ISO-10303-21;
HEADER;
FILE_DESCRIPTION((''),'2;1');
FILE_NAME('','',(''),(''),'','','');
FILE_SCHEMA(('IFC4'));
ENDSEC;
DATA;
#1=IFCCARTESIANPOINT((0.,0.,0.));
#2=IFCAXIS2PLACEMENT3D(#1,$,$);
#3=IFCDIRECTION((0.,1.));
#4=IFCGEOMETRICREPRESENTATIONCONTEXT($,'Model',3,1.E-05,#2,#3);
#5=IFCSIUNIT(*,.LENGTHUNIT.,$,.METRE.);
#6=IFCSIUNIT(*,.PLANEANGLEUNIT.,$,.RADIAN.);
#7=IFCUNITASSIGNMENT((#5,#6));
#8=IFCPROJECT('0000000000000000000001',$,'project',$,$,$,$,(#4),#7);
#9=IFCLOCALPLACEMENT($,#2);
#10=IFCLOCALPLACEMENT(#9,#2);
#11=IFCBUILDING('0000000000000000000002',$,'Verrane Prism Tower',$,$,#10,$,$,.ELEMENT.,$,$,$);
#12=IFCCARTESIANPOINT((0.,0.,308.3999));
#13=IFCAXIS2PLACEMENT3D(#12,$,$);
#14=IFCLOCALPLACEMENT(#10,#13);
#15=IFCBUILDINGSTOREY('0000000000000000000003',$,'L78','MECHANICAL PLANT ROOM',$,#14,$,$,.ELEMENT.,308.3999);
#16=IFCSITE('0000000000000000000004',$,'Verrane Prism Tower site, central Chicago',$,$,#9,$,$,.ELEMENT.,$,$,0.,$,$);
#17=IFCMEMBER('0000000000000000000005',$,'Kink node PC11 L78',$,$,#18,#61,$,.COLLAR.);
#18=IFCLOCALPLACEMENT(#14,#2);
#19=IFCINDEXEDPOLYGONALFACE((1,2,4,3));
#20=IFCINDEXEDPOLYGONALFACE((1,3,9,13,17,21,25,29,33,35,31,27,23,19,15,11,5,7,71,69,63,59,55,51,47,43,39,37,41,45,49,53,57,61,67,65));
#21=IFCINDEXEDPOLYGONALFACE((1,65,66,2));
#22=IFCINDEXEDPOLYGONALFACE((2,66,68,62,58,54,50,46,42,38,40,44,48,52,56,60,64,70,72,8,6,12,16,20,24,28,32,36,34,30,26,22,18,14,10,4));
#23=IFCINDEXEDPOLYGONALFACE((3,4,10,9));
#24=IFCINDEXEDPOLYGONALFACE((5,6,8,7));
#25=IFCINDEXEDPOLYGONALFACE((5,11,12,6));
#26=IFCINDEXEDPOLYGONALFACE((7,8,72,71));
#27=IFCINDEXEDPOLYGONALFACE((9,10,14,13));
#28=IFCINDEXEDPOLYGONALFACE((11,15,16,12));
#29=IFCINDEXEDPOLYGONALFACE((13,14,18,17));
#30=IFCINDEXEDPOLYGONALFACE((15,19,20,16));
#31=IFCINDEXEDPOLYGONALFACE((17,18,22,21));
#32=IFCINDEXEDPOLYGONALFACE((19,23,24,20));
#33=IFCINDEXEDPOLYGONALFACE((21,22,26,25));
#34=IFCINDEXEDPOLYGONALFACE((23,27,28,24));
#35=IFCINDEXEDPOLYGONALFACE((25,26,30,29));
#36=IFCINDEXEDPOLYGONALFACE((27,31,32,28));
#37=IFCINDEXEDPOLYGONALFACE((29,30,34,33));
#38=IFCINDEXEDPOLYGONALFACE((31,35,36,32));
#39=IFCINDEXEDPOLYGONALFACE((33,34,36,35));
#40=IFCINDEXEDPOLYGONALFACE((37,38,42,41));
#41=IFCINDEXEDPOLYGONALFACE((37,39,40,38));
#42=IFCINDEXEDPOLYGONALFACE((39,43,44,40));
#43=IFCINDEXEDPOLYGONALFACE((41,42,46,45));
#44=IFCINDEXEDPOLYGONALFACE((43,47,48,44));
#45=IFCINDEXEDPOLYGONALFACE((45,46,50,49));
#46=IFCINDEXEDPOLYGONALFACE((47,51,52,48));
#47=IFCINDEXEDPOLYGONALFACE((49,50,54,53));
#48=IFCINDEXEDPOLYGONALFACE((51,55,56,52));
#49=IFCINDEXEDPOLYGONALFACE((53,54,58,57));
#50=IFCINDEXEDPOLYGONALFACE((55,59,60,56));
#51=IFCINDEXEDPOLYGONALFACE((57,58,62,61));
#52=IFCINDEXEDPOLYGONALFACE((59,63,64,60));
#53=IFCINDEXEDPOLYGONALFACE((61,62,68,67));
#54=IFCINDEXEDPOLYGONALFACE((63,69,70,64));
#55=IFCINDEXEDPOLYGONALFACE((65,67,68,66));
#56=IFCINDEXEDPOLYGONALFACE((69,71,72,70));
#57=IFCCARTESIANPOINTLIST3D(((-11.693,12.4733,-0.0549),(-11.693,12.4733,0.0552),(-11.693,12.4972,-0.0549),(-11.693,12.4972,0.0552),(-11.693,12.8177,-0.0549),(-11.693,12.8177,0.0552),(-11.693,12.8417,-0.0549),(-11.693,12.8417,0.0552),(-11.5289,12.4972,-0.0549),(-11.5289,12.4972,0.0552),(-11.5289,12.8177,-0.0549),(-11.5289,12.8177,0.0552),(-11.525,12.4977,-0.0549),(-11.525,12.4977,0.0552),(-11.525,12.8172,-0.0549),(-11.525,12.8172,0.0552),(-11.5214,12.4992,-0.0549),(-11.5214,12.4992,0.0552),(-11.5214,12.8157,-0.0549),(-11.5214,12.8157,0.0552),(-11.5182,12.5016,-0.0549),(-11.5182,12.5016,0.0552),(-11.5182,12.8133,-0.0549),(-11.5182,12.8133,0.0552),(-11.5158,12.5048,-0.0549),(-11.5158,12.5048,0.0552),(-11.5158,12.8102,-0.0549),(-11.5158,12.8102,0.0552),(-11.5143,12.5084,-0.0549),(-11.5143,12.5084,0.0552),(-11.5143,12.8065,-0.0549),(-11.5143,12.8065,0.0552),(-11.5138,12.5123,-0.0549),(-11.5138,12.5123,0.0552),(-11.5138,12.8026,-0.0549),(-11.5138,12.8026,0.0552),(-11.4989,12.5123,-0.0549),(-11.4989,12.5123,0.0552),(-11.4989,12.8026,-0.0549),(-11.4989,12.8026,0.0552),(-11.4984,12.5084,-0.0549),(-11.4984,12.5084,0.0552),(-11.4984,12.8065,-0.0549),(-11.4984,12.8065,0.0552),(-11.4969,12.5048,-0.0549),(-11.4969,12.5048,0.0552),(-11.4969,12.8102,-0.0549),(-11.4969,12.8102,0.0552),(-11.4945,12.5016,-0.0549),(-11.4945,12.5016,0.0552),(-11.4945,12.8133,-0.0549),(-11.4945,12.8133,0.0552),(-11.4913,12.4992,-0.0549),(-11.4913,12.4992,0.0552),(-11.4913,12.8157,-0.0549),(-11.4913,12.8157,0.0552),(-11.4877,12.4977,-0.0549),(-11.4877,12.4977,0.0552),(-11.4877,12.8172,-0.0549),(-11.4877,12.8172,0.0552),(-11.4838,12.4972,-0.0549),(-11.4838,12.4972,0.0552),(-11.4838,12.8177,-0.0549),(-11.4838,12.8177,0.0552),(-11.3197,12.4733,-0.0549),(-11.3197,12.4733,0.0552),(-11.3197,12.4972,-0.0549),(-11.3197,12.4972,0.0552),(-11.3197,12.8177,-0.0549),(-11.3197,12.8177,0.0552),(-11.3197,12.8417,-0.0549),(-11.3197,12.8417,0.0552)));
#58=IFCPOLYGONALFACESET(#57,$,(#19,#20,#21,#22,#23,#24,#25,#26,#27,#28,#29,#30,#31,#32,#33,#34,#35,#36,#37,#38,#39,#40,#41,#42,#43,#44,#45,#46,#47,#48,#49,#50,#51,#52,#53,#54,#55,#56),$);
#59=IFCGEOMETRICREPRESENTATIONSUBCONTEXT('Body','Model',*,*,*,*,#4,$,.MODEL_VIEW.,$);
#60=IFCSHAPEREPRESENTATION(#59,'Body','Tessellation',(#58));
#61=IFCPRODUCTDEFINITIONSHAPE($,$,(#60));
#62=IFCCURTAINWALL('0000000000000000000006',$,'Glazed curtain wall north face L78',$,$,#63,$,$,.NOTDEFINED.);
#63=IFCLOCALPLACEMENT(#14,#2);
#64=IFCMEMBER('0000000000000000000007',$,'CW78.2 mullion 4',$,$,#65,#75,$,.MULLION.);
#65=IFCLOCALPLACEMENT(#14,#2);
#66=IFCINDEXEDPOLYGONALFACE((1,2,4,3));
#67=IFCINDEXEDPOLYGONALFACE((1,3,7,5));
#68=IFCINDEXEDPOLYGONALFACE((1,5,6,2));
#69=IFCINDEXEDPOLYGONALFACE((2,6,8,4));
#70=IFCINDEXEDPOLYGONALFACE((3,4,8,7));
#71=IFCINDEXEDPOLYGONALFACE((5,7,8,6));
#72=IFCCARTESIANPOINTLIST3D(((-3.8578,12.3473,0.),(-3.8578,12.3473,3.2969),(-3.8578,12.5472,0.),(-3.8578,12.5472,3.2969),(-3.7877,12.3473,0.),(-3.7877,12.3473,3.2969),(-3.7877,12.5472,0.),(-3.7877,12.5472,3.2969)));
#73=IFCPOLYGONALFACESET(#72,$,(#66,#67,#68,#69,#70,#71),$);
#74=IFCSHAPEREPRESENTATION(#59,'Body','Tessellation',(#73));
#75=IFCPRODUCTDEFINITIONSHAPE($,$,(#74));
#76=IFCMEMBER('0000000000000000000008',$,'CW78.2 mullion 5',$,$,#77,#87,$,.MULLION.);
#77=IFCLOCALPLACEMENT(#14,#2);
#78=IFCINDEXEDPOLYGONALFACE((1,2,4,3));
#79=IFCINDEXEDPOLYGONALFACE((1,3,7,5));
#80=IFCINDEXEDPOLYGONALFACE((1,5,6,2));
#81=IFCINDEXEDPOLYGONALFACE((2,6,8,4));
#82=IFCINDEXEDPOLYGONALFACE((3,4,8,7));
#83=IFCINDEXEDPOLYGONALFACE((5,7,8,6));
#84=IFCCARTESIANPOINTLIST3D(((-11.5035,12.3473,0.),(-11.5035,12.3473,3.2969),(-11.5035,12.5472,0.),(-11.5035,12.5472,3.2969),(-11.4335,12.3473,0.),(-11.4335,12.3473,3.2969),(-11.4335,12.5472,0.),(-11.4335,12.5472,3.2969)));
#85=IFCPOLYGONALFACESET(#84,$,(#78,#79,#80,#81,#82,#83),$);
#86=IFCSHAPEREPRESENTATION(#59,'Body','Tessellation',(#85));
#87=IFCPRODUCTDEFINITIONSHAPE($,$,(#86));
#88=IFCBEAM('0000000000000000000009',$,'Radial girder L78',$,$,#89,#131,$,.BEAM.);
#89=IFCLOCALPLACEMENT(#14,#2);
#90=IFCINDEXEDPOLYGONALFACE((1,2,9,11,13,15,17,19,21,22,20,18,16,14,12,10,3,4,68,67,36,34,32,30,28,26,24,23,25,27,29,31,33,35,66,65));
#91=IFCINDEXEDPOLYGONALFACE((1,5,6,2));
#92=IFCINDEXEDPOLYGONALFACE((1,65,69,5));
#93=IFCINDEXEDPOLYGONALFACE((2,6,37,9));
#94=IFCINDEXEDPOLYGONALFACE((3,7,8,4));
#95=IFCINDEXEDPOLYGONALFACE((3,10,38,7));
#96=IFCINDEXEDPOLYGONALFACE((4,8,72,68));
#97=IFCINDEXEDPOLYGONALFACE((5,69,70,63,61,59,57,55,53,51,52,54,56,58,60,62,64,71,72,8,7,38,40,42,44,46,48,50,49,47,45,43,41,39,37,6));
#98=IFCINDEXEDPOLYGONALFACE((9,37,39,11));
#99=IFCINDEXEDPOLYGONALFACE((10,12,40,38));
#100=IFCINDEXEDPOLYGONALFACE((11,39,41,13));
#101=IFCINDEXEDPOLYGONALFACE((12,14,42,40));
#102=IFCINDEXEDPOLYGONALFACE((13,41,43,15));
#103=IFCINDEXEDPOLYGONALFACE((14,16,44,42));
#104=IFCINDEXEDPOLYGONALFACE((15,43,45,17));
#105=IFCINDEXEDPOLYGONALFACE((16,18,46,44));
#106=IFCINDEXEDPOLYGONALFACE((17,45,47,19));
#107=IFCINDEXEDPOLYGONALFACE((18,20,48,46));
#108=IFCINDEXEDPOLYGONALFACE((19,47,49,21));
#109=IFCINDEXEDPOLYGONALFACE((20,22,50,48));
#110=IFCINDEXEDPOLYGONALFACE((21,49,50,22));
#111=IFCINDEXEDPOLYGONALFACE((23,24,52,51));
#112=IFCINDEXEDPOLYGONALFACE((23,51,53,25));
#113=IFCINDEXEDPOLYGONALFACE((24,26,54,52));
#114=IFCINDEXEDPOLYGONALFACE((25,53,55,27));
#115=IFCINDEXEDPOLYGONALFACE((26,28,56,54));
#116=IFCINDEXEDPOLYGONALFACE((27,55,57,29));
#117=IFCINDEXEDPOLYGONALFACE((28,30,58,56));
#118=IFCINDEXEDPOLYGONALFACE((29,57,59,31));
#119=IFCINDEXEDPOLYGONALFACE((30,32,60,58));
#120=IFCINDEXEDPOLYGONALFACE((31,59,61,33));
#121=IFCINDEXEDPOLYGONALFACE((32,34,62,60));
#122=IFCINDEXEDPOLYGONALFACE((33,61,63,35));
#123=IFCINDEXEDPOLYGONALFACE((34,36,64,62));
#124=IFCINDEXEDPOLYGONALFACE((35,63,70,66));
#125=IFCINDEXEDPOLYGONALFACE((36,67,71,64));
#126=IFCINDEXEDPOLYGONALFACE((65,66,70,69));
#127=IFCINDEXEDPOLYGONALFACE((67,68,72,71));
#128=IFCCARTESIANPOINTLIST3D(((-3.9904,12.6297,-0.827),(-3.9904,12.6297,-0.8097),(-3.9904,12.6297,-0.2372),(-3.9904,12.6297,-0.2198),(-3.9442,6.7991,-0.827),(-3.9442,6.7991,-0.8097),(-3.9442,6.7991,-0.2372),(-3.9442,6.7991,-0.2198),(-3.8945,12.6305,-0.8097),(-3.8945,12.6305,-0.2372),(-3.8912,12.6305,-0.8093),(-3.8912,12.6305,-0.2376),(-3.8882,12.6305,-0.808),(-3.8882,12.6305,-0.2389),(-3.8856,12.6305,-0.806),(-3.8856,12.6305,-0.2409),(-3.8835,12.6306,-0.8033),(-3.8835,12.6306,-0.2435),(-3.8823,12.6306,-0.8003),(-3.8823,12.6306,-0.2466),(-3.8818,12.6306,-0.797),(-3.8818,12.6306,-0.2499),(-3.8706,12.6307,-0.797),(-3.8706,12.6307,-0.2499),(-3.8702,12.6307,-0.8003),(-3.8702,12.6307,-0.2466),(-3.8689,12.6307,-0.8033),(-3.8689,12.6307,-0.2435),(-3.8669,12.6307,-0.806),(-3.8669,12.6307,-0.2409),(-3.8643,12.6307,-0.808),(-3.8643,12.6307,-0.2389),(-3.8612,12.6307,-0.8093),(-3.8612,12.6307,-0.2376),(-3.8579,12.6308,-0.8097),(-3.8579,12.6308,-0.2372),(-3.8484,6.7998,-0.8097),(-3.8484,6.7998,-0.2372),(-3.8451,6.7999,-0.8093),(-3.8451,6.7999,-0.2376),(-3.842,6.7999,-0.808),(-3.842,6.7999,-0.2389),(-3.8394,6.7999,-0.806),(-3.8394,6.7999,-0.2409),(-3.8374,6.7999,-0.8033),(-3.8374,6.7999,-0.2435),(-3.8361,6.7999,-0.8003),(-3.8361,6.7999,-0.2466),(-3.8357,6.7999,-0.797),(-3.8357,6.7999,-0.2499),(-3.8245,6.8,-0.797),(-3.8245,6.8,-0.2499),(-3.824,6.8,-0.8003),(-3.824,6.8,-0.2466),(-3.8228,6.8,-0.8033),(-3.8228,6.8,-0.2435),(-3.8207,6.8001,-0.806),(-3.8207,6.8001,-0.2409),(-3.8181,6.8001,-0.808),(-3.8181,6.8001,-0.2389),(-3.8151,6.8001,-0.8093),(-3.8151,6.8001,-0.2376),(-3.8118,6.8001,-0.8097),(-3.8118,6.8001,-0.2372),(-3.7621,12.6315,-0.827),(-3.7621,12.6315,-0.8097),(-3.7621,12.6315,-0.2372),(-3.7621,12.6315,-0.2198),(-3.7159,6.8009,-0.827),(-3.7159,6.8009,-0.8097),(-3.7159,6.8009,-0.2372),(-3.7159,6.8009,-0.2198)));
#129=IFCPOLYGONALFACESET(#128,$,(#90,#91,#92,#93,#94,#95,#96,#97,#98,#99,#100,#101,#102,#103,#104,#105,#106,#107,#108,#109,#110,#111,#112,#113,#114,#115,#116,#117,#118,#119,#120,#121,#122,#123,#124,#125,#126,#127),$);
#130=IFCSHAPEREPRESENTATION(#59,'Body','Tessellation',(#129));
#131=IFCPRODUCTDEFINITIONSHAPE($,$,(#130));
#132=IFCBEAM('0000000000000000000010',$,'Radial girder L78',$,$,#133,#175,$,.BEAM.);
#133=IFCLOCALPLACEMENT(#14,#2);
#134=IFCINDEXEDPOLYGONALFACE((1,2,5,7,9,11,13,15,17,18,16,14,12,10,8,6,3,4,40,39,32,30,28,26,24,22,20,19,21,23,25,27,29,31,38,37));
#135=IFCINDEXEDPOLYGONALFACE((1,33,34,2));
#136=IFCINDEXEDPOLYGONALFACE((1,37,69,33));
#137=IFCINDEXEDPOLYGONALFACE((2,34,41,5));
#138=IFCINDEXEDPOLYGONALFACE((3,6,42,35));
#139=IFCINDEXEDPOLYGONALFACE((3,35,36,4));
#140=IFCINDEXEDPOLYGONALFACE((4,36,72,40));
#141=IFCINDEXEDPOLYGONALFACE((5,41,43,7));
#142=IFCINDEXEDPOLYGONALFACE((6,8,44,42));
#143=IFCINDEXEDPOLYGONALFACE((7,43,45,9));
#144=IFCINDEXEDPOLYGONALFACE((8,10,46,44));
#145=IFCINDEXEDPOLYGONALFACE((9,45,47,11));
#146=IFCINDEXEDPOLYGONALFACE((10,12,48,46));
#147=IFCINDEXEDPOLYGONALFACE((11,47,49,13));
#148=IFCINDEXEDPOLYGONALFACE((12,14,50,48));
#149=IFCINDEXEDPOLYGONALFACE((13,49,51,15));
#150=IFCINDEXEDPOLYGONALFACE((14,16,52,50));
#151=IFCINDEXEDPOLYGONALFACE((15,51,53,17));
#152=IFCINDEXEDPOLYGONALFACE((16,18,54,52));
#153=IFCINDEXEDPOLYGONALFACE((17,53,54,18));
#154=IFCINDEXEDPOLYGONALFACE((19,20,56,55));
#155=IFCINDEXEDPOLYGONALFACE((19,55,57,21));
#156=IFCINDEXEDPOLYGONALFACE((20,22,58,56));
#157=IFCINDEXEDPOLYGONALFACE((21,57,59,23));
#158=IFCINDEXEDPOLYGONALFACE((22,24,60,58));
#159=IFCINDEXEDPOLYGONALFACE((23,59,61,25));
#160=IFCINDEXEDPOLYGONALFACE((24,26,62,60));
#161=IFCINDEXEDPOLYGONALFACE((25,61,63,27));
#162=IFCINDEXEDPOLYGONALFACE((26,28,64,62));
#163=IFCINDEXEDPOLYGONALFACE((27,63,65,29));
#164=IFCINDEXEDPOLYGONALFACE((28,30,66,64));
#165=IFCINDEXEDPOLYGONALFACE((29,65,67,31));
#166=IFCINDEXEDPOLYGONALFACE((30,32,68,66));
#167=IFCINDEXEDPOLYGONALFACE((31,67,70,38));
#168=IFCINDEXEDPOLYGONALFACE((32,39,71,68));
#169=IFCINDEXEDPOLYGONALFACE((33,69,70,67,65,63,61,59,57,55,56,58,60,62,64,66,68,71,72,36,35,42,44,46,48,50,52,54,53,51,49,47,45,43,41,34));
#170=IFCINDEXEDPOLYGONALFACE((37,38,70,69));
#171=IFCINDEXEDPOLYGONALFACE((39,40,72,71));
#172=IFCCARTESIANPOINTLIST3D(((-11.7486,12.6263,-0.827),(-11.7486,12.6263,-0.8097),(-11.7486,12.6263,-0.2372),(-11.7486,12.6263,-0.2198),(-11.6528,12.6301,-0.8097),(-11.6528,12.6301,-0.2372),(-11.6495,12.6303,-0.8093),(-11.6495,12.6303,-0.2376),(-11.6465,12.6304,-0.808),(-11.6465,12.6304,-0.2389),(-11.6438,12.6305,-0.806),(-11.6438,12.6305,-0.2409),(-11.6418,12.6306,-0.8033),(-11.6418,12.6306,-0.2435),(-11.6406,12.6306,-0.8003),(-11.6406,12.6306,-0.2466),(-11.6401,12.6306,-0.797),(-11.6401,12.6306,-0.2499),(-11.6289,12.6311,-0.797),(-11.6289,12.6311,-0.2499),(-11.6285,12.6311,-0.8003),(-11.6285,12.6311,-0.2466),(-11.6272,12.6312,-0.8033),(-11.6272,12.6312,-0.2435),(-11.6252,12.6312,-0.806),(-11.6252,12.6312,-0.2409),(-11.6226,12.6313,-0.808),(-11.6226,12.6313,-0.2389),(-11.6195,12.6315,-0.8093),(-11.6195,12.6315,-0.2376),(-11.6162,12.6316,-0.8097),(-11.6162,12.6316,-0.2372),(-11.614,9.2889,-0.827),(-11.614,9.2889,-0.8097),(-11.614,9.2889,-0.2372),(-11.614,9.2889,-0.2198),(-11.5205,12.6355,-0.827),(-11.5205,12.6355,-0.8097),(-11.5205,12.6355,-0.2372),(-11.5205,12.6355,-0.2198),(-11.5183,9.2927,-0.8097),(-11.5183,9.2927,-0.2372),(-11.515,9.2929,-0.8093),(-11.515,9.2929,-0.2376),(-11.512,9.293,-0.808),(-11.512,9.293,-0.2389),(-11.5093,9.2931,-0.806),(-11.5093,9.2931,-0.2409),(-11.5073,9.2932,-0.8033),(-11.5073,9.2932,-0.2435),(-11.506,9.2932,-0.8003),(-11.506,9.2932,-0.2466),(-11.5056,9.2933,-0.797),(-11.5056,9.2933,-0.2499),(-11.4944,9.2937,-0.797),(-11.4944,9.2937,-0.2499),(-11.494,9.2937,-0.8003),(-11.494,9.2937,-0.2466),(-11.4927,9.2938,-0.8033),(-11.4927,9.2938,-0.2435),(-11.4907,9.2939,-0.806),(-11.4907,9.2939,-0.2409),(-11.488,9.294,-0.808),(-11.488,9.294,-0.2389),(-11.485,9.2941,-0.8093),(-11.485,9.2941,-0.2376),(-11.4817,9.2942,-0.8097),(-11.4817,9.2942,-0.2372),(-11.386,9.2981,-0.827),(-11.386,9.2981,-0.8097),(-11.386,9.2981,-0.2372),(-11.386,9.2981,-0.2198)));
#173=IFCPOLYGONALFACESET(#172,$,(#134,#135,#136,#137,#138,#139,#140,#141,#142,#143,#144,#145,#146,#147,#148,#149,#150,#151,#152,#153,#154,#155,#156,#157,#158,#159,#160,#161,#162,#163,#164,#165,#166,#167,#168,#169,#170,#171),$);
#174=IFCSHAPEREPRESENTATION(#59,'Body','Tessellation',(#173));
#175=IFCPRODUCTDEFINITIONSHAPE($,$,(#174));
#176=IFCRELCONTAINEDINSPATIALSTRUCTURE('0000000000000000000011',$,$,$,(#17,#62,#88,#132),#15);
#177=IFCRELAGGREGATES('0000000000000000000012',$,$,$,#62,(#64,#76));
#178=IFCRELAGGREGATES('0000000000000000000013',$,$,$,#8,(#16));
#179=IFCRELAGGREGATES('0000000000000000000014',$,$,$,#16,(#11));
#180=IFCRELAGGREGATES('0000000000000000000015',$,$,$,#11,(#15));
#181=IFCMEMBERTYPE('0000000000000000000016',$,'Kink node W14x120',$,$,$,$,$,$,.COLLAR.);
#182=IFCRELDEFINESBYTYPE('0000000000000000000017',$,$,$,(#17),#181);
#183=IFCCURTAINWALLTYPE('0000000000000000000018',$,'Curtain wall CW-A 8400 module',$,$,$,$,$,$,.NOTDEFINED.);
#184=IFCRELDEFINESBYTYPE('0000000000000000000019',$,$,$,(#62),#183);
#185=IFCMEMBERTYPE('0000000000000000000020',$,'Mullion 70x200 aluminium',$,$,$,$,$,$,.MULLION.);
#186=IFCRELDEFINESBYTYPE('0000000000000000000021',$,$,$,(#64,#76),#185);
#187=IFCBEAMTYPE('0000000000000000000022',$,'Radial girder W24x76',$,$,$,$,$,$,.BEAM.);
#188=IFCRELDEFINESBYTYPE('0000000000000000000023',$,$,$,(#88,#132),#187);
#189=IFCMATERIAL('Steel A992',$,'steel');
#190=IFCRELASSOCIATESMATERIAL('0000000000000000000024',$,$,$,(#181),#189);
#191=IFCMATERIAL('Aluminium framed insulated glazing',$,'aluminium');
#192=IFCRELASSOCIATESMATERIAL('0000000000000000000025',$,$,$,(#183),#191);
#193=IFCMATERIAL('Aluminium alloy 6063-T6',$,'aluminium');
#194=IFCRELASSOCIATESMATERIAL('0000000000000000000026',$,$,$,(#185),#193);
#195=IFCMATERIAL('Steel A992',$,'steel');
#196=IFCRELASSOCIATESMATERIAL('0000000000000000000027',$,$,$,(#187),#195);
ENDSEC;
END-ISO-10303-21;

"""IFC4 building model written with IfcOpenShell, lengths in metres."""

from ifc_helpers import new_model, si_unit, direction, frame, origin, origin_2d, place, context, subcontext, project, spatial, rectangle, i_section, extrude, material, material_profile, profile_set, type_object, element, aggregate, save


model = new_model("IFC4")

# Units and contexts
model_context = context("Model", 3, precision=1e-05, world=origin(), true_north=direction((0.0, 1.0)))
body_context = subcontext(model_context, "Body", "Model", "MODEL_VIEW")
ifc_project = project(units=[si_unit("LENGTHUNIT", "METRE"), si_unit("PLANEANGLEUNIT", "RADIAN")], contexts=[model_context])

# Site, building, storey
site_placement = place(None, origin())
site = spatial("IfcSite", under=ifc_project, at=site_placement, Name="Verrane Prism Tower site, central Chicago", CompositionType="ELEMENT", RefElevation=0.0)
building_placement = place(site_placement, origin())
building = spatial("IfcBuilding", under=site, at=building_placement, Name="Verrane Prism Tower", CompositionType="ELEMENT")
storey_placement = place(building_placement, frame((0.0, 0.0, 308.3999)))
storey = spatial("IfcBuildingStorey", under=building, at=storey_placement, Name="L78", Description="MECHANICAL PLANT ROOM", CompositionType="ELEMENT", Elevation=308.3999)

# Member
ifc_material_1 = material(Name="Steel A992", Category="steel")
ifc_material_profile_1 = material_profile(ifc_material_1, i_section(OverallWidth=0.3733, OverallDepth=0.3684, WebThickness=0.0149, FlangeThickness=0.0239, FilletRadius=0.0151, at=origin_2d()), Name="W14x120")
ifc_profile_set_1 = profile_set([ifc_material_profile_1], Name="Steel A992")
member_type_1 = type_object("IfcMemberType", Name="Kink node W14x120", PredefinedType="COLLAR", material=ifc_profile_set_1)
member_1_placement = place(storey_placement, frame((-11.5063, 12.6575, -0.0549), z_axis=(0.0, 0.0, 1.0), x_axis=(1.0, 0.0, 0.0)))
element("IfcMember", 1, at=member_1_placement, inside=storey, type_object=member_type_1, Name="Kink node PC11 L78", PredefinedType="COLLAR", context=body_context, shape_type="SweptSolid", body=[
    extrude(i_section(OverallWidth=0.3733, OverallDepth=0.3684, WebThickness=0.0149, FlangeThickness=0.0239, FilletRadius=0.0151, at=origin_2d()), origin(), (0.0, 0.0, 1.0), 0.1101),
])

# Curtain wall, members
ifc_material_2 = material(Name="Aluminium framed insulated glazing", Category="aluminium")
curtain_wall_type = type_object("IfcCurtainWallType", Name="Curtain wall CW-A 8400 module", PredefinedType="NOTDEFINED", material=ifc_material_2)
curtain_wall_placement = place(storey_placement, origin())
curtain_wall = element("IfcCurtainWall", 2, at=curtain_wall_placement, inside=storey, type_object=curtain_wall_type, Name="Glazed curtain wall north face L78", PredefinedType="NOTDEFINED")
ifc_material_3 = material(Name="Aluminium alloy 6063-T6", Category="aluminium")
ifc_material_profile_2 = material_profile(ifc_material_3, rectangle(XDim=0.2, YDim=0.0701, at=origin_2d()), Name="Mullion 70x200 aluminium")
ifc_profile_set_2 = profile_set([ifc_material_profile_2], Name="Aluminium alloy 6063-T6")
member_type_2 = type_object("IfcMemberType", Name="Mullion 70x200 aluminium", PredefinedType="MULLION", material=ifc_profile_set_2)
member_2_placement = place(storey_placement, frame((-3.8228, 12.4473, 0.0), z_axis=(0.0, 0.0, 1.0), x_axis=(0.0, -1.0, 0.0)))
member_2 = element("IfcMember", 3, at=member_2_placement, type_object=member_type_2, Name="CW78.2 mullion 4", PredefinedType="MULLION", context=body_context, shape_type="SweptSolid", body=[
    extrude(rectangle(XDim=0.2, YDim=0.0701, at=origin_2d()), origin(), (0.0, 0.0, 1.0), 3.2969),
])
member_3_placement = place(storey_placement, frame((-11.4685, 12.4473, 0.0), z_axis=(0.0, 0.0, 1.0), x_axis=(0.0, -1.0, 0.0)))
member_3 = element("IfcMember", 4, at=member_3_placement, type_object=member_type_2, Name="CW78.2 mullion 5", PredefinedType="MULLION", context=body_context, shape_type="SweptSolid", body=[
    extrude(rectangle(XDim=0.2, YDim=0.0701, at=origin_2d()), origin(), (0.0, 0.0, 1.0), 3.2969),
])

# Beams
ifc_material_4 = material(Name="Steel A992", Category="steel")
ifc_material_profile_3 = material_profile(ifc_material_4, i_section(OverallWidth=0.2283, OverallDepth=0.6072, WebThickness=0.0112, FlangeThickness=0.0173, FilletRadius=0.0127, at=origin_2d()), Name="W24x76")
ifc_profile_set_3 = profile_set([ifc_material_profile_3], Name="Steel A992")
beam_type_1 = type_object("IfcBeamType", Name="Radial girder W24x76", PredefinedType="BEAM", material=ifc_profile_set_3)
beam_1_placement = place(storey_placement, frame((-3.8762, 12.6306, -0.5234), z_axis=(0.007914, -0.999969, 0.0), x_axis=(0.999969, 0.007914, 0.0)))
element("IfcBeam", 5, at=beam_1_placement, inside=storey, type_object=beam_type_1, Name="Radial girder L78", PredefinedType="BEAM", context=body_context, shape_type="SweptSolid", body=[
    extrude(i_section(OverallWidth=0.2283, OverallDepth=0.6072, WebThickness=0.0112, FlangeThickness=0.0173, FilletRadius=0.0127, at=origin_2d()), origin(), (0.0, 0.0, 1.0), 5.8308),
])
beam_2_placement = place(storey_placement, frame((-11.6345, 12.6309, -0.5234), z_axis=(0.040275, -0.999189, 0.0), x_axis=(0.999189, 0.040275, 0.0)))
element("IfcBeam", 6, at=beam_2_placement, inside=storey, type_object=beam_type_1, Name="Radial girder L78", PredefinedType="BEAM", context=body_context, shape_type="SweptSolid", body=[
    extrude(i_section(OverallWidth=0.2283, OverallDepth=0.6072, WebThickness=0.0112, FlangeThickness=0.0173, FilletRadius=0.0127, at=origin_2d()), origin(), (0.0, 0.0, 1.0), 3.3401),
])

aggregate(curtain_wall, [member_2, member_3])

save(model, "model.ifc")
